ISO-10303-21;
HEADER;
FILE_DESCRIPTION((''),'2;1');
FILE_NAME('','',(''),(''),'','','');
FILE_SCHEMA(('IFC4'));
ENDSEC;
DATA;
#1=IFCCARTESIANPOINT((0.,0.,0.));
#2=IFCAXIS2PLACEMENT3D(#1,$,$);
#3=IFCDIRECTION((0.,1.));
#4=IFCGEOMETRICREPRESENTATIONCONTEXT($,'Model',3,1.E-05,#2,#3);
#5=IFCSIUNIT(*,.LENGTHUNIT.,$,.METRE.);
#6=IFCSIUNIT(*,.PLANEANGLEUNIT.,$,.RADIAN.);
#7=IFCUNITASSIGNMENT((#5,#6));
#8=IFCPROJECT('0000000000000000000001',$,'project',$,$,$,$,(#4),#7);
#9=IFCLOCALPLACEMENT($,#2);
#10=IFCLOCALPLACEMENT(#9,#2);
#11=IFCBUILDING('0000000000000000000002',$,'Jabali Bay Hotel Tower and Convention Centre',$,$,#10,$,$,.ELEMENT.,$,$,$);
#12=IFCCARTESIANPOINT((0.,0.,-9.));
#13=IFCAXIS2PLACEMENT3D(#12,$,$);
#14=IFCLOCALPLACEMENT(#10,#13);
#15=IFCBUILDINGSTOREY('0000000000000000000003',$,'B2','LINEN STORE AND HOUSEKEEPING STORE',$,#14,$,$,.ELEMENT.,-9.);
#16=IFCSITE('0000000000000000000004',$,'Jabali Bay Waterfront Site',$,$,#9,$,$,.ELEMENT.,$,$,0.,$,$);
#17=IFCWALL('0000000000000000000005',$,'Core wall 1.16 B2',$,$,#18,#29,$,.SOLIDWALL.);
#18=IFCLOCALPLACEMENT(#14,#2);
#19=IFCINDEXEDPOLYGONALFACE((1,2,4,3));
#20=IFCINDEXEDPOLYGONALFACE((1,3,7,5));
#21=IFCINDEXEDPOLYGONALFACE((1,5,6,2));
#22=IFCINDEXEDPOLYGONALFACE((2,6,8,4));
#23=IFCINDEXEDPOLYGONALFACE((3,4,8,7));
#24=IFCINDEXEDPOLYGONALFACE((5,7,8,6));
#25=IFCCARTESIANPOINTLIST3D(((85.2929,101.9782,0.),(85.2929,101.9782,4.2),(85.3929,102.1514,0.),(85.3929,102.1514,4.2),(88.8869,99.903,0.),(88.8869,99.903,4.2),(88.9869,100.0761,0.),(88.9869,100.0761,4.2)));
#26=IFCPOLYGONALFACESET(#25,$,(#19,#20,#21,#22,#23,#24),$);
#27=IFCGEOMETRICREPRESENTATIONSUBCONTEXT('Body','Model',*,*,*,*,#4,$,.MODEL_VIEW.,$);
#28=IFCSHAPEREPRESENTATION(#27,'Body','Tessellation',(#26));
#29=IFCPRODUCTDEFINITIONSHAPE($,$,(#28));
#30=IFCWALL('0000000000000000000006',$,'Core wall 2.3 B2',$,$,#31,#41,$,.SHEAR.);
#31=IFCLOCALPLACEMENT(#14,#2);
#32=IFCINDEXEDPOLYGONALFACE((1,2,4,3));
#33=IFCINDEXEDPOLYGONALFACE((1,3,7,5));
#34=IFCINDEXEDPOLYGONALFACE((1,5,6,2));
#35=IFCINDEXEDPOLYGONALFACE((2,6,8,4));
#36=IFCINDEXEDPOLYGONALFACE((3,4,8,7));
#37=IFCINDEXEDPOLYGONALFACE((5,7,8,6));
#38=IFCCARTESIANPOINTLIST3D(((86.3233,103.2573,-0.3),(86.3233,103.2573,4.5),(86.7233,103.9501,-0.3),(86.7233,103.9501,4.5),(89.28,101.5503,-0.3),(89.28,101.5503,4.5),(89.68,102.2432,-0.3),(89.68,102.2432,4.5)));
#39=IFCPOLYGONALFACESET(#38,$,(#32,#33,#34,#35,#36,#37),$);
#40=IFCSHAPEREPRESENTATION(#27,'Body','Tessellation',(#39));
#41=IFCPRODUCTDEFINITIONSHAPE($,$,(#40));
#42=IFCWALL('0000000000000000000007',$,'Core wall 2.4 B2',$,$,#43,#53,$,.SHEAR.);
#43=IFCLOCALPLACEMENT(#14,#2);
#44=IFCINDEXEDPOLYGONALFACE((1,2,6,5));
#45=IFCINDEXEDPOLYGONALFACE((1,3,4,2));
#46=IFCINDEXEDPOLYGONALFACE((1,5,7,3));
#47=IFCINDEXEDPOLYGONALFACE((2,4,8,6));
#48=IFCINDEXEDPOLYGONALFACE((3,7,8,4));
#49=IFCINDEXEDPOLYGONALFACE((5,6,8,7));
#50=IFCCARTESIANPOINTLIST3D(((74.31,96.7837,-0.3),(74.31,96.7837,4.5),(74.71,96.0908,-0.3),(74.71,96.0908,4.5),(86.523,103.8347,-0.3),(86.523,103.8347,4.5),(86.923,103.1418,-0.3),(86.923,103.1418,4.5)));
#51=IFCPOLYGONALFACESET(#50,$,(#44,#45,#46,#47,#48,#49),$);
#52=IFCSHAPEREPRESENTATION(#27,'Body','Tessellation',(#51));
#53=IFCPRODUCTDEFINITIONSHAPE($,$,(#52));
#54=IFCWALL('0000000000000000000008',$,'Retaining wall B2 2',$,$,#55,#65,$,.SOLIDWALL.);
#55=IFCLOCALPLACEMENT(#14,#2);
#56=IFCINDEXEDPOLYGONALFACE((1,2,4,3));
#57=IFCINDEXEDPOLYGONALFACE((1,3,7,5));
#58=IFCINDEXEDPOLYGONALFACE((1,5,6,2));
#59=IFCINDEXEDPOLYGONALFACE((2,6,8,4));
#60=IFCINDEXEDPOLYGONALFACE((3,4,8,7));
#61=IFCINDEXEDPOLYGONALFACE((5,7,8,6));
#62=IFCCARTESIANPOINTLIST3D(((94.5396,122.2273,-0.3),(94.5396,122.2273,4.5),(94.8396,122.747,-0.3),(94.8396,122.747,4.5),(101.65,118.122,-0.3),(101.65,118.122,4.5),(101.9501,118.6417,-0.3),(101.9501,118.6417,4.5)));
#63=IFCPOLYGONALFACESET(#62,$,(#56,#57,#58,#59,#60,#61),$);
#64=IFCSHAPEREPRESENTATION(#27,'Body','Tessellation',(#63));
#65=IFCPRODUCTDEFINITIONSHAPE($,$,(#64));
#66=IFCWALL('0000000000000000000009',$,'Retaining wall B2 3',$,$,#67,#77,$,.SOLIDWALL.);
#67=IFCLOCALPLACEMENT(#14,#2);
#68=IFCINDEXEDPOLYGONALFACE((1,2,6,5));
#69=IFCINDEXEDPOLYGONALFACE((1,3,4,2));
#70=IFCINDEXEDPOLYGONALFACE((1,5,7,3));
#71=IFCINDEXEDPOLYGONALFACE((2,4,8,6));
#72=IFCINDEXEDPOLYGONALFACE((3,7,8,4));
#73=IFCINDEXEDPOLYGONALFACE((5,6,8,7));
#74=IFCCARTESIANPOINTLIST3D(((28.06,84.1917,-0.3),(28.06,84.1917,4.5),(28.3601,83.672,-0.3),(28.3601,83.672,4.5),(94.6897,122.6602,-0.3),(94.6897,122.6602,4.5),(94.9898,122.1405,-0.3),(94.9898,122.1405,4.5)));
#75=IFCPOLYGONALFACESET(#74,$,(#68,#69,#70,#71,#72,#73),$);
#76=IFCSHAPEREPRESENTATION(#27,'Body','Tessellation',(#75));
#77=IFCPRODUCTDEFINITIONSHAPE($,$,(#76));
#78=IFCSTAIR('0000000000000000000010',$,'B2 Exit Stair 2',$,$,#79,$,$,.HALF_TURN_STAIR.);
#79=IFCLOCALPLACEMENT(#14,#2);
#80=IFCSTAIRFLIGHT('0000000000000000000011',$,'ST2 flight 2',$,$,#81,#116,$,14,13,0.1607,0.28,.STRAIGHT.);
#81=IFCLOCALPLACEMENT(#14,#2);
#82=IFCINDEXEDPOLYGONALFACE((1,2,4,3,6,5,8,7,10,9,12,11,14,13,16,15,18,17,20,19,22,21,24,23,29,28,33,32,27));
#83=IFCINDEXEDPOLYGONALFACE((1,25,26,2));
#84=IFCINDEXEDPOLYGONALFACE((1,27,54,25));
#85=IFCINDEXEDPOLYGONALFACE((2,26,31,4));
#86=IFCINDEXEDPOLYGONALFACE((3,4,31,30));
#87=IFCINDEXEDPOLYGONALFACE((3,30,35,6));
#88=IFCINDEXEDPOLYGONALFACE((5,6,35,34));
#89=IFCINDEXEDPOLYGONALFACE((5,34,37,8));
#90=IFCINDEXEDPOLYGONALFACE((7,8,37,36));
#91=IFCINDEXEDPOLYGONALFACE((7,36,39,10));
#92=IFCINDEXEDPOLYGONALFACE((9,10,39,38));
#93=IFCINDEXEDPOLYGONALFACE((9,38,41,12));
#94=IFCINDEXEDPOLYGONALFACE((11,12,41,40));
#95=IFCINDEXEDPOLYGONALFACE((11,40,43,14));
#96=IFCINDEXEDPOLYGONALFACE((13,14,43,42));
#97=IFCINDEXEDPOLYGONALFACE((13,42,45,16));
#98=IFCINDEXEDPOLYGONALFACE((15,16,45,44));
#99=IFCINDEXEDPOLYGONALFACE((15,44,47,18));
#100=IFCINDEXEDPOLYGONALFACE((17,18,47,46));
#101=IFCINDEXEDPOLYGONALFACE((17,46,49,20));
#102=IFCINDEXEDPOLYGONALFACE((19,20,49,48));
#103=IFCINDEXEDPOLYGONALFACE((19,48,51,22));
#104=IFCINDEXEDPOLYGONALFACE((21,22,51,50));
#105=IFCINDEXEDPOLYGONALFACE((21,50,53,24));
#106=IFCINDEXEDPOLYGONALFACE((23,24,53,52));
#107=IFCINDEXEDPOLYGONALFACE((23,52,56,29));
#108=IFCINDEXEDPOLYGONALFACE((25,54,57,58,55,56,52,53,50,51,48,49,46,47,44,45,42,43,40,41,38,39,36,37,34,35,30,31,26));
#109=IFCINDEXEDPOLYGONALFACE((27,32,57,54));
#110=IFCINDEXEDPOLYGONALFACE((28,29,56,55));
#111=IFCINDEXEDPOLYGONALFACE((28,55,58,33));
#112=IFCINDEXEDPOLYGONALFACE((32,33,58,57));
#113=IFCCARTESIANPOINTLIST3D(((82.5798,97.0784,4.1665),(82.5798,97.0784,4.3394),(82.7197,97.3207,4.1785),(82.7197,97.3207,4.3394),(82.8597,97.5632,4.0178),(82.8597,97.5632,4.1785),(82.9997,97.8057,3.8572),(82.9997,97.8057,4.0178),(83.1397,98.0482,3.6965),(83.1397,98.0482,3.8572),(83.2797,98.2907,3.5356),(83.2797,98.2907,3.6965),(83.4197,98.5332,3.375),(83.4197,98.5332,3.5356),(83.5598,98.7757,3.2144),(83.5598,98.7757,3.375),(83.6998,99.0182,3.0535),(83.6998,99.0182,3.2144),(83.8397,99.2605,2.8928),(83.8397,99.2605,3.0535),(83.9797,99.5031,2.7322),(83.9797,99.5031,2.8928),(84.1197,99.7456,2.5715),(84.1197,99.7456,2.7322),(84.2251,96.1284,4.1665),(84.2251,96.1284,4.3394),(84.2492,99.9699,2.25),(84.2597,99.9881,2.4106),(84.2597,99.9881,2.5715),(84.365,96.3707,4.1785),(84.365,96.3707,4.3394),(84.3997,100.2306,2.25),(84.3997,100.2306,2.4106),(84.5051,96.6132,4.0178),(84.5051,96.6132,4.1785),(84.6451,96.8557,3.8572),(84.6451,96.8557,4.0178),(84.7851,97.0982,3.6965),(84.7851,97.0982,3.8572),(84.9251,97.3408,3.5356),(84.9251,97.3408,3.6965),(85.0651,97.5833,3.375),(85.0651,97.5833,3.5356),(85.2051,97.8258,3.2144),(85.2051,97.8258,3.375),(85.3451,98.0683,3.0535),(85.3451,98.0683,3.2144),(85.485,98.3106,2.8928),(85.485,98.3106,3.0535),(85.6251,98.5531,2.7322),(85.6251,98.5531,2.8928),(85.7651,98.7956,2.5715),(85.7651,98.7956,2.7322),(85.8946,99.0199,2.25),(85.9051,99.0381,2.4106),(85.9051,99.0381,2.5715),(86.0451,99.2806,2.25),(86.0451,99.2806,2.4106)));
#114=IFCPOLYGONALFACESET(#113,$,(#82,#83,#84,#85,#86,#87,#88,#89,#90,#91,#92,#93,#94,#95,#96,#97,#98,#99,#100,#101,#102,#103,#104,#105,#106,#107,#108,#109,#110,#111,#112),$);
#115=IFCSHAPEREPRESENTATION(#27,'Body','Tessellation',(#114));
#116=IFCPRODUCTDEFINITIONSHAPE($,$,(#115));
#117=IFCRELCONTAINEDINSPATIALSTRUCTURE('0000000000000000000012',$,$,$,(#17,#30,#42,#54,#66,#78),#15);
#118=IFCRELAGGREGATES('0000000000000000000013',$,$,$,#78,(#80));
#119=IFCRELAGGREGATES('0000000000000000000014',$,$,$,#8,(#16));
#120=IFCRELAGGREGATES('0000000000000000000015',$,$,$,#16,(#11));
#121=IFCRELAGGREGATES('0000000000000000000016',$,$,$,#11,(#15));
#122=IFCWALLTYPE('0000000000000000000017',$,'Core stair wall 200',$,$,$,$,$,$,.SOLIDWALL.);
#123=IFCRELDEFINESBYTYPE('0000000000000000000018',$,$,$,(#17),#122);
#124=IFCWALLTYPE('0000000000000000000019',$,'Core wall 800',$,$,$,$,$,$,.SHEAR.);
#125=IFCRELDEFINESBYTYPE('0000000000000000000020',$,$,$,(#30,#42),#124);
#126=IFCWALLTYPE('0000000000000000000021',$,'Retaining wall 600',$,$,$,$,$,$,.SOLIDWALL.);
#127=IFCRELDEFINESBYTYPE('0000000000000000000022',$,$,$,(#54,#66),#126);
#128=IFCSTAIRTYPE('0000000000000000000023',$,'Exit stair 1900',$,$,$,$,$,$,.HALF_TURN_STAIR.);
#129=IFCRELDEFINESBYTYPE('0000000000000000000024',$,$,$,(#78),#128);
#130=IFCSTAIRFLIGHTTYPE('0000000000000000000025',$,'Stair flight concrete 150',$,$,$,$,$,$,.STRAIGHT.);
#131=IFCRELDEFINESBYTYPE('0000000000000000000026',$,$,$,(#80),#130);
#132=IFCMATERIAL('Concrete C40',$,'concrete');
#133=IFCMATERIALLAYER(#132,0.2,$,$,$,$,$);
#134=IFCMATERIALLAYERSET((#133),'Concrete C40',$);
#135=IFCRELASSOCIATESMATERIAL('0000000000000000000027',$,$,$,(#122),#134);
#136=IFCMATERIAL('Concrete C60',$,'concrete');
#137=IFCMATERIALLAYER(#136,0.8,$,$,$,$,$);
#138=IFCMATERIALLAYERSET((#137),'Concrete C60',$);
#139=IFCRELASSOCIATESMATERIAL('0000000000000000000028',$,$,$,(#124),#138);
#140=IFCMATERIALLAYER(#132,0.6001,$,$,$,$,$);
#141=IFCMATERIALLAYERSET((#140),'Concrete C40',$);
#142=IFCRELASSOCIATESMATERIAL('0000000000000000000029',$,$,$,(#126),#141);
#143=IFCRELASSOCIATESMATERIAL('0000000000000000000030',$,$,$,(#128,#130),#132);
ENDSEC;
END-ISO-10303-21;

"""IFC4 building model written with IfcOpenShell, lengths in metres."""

from ifc_helpers import new_model, si_unit, direction, frame, frame_2d, origin, place, context, subcontext, project, spatial, polyline, rectangle, outline, extrude, material, layer, layer_set, type_object, element, aggregate, save


model = new_model("IFC4")

# Units and contexts
model_context = context("Model", 3, precision=1e-05, world=origin(), true_north=direction((0.0, 1.0)))
body_context = subcontext(model_context, "Body", "Model", "MODEL_VIEW")
ifc_project = project(units=[si_unit("LENGTHUNIT", "METRE"), si_unit("PLANEANGLEUNIT", "RADIAN")], contexts=[model_context])

# Site, building, storey
site_placement = place(None, origin())
site = spatial("IfcSite", under=ifc_project, at=site_placement, Name="Jabali Bay Waterfront Site", CompositionType="ELEMENT", RefElevation=0.0)
building_placement = place(site_placement, origin())
building = spatial("IfcBuilding", under=site, at=building_placement, Name="Jabali Bay Hotel Tower and Convention Centre", CompositionType="ELEMENT")
storey_placement = place(building_placement, frame((0.0, 0.0, -9.0)))
storey = spatial("IfcBuildingStorey", under=building, at=storey_placement, Name="B2", Description="LINEN STORE AND HOUSEKEEPING STORE", CompositionType="ELEMENT", Elevation=-9.0)

# Shared definitions
ifc_material_1 = material(Name="Concrete C60", Category="concrete")

# Shared definitions
ifc_material_2 = material(Name="Concrete C40", Category="concrete")

# Shared definitions
ifc_layer_1 = layer(ifc_material_2, 0.2)
ifc_layer_set_1 = layer_set([ifc_layer_1], Name="Concrete C40")
wall_type_1 = type_object("IfcWallType", Name="Core stair wall 200", PredefinedType="SOLIDWALL", material=ifc_layer_set_1)

# Walls
wall_1_placement = place(storey_placement, frame((88.937, 99.9895, 0.0), z_axis=(0.0, 0.0, 1.0), x_axis=(-0.866004, 0.500036, 0.0)))
element("IfcWall", 1, at=wall_1_placement, inside=storey, type_object=wall_type_1, Name="Core wall 1.16 B2", PredefinedType="SOLIDWALL", context=body_context, shape_type="SweptSolid", body=[
    extrude(rectangle(XDim=4.1501, YDim=0.2, at=frame_2d((2.0752, 0.0))), origin(), (0.0, 0.0, 1.0), 4.2),
])
ifc_layer_2 = layer(ifc_material_1, 0.8)
ifc_layer_set_2 = layer_set([ifc_layer_2], Name="Concrete C60")
wall_type_2 = type_object("IfcWallType", Name="Core wall 800", PredefinedType="SHEAR", material=ifc_layer_set_2)
wall_2_placement = place(storey_placement, frame((89.48, 101.8967, -0.3), z_axis=(0.0, 0.0, 1.0), x_axis=(-0.866034, 0.499984, 0.0)))
element("IfcWall", 2, at=wall_2_placement, inside=storey, type_object=wall_type_2, Name="Core wall 2.3 B2", PredefinedType="SHEAR", context=body_context, shape_type="SweptSolid", body=[
    extrude(rectangle(XDim=3.4141, YDim=0.8, at=frame_2d((1.707, 0.0))), origin(), (0.0, 0.0, 1.0), 4.8),
])
wall_3_placement = place(storey_placement, frame((86.7231, 103.4883, -0.3), z_axis=(0.0, 0.0, 1.0), x_axis=(-0.866033, -0.499988, 0.0)))
element("IfcWall", 3, at=wall_3_placement, inside=storey, type_object=wall_type_2, Name="Core wall 2.4 B2", PredefinedType="SHEAR", context=body_context, shape_type="SweptSolid", body=[
    extrude(rectangle(XDim=14.1023, YDim=0.8, at=frame_2d((7.0513, 0.0))), origin(), (0.0, 0.0, 1.0), 4.8),
])
ifc_layer_3 = layer(ifc_material_2, 0.6001)
ifc_layer_set_3 = layer_set([ifc_layer_3], Name="Concrete C40")
wall_type_3 = type_object("IfcWallType", Name="Retaining wall 600", PredefinedType="SOLIDWALL", material=ifc_layer_set_3)
wall_4_placement = place(storey_placement, frame((101.8, 118.3818, -0.3), z_axis=(0.0, 0.0, 1.0), x_axis=(-0.866022, 0.500006, 0.0)))
element("IfcWall", 4, at=wall_4_placement, inside=storey, type_object=wall_type_3, Name="Retaining wall B2 2", PredefinedType="SOLIDWALL", context=body_context, shape_type="SweptSolid", body=[
    extrude(rectangle(XDim=8.2104, YDim=0.6001, at=frame_2d((4.1052, 0.0))), origin(), (0.0, 0.0, 1.0), 4.8),
])
wall_5_placement = place(storey_placement, frame((94.8398, 122.4004, -0.3), z_axis=(0.0, 0.0, 1.0), x_axis=(-0.866026, -0.499999, 0.0)))
element("IfcWall", 5, at=wall_5_placement, inside=storey, type_object=wall_type_3, Name="Retaining wall B2 3", PredefinedType="SOLIDWALL", context=body_context, shape_type="SweptSolid", body=[
    extrude(rectangle(XDim=76.9373, YDim=0.6001, at=frame_2d((38.4688, 0.0))), origin(), (0.0, 0.0, 1.0), 4.8),
])

# Stair, stair flight
stair_type = type_object("IfcStairType", Name="Exit stair 1900", PredefinedType="HALF_TURN_STAIR", material=ifc_material_2)
stair_placement = place(storey_placement, origin())
stair = element("IfcStair", 6, at=stair_placement, inside=storey, type_object=stair_type, Name="B2 Exit Stair 2", PredefinedType="HALF_TURN_STAIR")
stair_flight_type = type_object("IfcStairFlightType", Name="Stair flight concrete 150", PredefinedType="STRAIGHT", material=ifc_material_2)
stair_flight_placement = place(storey_placement, frame((85.2224, 99.7556, 2.25), z_axis=(0.0, 0.0, 1.0), x_axis=(-0.5, -0.866025, 0.0)))
stair_flight = element("IfcStairFlight", 7, at=stair_flight_placement, type_object=stair_flight_type, Name="ST2 flight 2", NumberOfRisers=14, NumberOfTreads=13, PredefinedType="STRAIGHT", RiserHeight=0.1607, TreadLength=0.28, context=body_context, shape_type="SweptSolid", body=[
    extrude(outline(polyline([(0.0, 0.0), (0.0, 0.1606), (0.28, 0.1606), (0.28, 0.3215), (0.5601, 0.3215), (0.5601, 0.4822), (0.8401, 0.4822), (0.8401, 0.6428), (1.1201, 0.6428), (1.1201, 0.8035), (1.3999, 0.8035), (1.3999, 0.9644), (1.6799, 0.9644), (1.6799, 1.125), (1.96, 1.125), (1.96, 1.2856), (2.24, 1.2856), (2.24, 1.4465), (2.52, 1.4465), (2.52, 1.6072), (2.8, 1.6072), (2.8, 1.7678), (3.0801, 1.7678), (3.0801, 1.9285), (3.3601, 1.9285), (3.3601, 2.0894), (3.6399, 2.0894), (3.6399, 2.25), (3.6399, 1.9165), (0.301, 0.0), (0.0, 0.0)])), frame((0.0, 0.95, 0.0), z_axis=(0.0, -1.0, 0.0), x_axis=(1.0, 0.0, 0.0)), (0.0, 0.0, 1.0), 1.8999),
])
aggregate(stair, [stair_flight])

save(model, "model.ifc")
